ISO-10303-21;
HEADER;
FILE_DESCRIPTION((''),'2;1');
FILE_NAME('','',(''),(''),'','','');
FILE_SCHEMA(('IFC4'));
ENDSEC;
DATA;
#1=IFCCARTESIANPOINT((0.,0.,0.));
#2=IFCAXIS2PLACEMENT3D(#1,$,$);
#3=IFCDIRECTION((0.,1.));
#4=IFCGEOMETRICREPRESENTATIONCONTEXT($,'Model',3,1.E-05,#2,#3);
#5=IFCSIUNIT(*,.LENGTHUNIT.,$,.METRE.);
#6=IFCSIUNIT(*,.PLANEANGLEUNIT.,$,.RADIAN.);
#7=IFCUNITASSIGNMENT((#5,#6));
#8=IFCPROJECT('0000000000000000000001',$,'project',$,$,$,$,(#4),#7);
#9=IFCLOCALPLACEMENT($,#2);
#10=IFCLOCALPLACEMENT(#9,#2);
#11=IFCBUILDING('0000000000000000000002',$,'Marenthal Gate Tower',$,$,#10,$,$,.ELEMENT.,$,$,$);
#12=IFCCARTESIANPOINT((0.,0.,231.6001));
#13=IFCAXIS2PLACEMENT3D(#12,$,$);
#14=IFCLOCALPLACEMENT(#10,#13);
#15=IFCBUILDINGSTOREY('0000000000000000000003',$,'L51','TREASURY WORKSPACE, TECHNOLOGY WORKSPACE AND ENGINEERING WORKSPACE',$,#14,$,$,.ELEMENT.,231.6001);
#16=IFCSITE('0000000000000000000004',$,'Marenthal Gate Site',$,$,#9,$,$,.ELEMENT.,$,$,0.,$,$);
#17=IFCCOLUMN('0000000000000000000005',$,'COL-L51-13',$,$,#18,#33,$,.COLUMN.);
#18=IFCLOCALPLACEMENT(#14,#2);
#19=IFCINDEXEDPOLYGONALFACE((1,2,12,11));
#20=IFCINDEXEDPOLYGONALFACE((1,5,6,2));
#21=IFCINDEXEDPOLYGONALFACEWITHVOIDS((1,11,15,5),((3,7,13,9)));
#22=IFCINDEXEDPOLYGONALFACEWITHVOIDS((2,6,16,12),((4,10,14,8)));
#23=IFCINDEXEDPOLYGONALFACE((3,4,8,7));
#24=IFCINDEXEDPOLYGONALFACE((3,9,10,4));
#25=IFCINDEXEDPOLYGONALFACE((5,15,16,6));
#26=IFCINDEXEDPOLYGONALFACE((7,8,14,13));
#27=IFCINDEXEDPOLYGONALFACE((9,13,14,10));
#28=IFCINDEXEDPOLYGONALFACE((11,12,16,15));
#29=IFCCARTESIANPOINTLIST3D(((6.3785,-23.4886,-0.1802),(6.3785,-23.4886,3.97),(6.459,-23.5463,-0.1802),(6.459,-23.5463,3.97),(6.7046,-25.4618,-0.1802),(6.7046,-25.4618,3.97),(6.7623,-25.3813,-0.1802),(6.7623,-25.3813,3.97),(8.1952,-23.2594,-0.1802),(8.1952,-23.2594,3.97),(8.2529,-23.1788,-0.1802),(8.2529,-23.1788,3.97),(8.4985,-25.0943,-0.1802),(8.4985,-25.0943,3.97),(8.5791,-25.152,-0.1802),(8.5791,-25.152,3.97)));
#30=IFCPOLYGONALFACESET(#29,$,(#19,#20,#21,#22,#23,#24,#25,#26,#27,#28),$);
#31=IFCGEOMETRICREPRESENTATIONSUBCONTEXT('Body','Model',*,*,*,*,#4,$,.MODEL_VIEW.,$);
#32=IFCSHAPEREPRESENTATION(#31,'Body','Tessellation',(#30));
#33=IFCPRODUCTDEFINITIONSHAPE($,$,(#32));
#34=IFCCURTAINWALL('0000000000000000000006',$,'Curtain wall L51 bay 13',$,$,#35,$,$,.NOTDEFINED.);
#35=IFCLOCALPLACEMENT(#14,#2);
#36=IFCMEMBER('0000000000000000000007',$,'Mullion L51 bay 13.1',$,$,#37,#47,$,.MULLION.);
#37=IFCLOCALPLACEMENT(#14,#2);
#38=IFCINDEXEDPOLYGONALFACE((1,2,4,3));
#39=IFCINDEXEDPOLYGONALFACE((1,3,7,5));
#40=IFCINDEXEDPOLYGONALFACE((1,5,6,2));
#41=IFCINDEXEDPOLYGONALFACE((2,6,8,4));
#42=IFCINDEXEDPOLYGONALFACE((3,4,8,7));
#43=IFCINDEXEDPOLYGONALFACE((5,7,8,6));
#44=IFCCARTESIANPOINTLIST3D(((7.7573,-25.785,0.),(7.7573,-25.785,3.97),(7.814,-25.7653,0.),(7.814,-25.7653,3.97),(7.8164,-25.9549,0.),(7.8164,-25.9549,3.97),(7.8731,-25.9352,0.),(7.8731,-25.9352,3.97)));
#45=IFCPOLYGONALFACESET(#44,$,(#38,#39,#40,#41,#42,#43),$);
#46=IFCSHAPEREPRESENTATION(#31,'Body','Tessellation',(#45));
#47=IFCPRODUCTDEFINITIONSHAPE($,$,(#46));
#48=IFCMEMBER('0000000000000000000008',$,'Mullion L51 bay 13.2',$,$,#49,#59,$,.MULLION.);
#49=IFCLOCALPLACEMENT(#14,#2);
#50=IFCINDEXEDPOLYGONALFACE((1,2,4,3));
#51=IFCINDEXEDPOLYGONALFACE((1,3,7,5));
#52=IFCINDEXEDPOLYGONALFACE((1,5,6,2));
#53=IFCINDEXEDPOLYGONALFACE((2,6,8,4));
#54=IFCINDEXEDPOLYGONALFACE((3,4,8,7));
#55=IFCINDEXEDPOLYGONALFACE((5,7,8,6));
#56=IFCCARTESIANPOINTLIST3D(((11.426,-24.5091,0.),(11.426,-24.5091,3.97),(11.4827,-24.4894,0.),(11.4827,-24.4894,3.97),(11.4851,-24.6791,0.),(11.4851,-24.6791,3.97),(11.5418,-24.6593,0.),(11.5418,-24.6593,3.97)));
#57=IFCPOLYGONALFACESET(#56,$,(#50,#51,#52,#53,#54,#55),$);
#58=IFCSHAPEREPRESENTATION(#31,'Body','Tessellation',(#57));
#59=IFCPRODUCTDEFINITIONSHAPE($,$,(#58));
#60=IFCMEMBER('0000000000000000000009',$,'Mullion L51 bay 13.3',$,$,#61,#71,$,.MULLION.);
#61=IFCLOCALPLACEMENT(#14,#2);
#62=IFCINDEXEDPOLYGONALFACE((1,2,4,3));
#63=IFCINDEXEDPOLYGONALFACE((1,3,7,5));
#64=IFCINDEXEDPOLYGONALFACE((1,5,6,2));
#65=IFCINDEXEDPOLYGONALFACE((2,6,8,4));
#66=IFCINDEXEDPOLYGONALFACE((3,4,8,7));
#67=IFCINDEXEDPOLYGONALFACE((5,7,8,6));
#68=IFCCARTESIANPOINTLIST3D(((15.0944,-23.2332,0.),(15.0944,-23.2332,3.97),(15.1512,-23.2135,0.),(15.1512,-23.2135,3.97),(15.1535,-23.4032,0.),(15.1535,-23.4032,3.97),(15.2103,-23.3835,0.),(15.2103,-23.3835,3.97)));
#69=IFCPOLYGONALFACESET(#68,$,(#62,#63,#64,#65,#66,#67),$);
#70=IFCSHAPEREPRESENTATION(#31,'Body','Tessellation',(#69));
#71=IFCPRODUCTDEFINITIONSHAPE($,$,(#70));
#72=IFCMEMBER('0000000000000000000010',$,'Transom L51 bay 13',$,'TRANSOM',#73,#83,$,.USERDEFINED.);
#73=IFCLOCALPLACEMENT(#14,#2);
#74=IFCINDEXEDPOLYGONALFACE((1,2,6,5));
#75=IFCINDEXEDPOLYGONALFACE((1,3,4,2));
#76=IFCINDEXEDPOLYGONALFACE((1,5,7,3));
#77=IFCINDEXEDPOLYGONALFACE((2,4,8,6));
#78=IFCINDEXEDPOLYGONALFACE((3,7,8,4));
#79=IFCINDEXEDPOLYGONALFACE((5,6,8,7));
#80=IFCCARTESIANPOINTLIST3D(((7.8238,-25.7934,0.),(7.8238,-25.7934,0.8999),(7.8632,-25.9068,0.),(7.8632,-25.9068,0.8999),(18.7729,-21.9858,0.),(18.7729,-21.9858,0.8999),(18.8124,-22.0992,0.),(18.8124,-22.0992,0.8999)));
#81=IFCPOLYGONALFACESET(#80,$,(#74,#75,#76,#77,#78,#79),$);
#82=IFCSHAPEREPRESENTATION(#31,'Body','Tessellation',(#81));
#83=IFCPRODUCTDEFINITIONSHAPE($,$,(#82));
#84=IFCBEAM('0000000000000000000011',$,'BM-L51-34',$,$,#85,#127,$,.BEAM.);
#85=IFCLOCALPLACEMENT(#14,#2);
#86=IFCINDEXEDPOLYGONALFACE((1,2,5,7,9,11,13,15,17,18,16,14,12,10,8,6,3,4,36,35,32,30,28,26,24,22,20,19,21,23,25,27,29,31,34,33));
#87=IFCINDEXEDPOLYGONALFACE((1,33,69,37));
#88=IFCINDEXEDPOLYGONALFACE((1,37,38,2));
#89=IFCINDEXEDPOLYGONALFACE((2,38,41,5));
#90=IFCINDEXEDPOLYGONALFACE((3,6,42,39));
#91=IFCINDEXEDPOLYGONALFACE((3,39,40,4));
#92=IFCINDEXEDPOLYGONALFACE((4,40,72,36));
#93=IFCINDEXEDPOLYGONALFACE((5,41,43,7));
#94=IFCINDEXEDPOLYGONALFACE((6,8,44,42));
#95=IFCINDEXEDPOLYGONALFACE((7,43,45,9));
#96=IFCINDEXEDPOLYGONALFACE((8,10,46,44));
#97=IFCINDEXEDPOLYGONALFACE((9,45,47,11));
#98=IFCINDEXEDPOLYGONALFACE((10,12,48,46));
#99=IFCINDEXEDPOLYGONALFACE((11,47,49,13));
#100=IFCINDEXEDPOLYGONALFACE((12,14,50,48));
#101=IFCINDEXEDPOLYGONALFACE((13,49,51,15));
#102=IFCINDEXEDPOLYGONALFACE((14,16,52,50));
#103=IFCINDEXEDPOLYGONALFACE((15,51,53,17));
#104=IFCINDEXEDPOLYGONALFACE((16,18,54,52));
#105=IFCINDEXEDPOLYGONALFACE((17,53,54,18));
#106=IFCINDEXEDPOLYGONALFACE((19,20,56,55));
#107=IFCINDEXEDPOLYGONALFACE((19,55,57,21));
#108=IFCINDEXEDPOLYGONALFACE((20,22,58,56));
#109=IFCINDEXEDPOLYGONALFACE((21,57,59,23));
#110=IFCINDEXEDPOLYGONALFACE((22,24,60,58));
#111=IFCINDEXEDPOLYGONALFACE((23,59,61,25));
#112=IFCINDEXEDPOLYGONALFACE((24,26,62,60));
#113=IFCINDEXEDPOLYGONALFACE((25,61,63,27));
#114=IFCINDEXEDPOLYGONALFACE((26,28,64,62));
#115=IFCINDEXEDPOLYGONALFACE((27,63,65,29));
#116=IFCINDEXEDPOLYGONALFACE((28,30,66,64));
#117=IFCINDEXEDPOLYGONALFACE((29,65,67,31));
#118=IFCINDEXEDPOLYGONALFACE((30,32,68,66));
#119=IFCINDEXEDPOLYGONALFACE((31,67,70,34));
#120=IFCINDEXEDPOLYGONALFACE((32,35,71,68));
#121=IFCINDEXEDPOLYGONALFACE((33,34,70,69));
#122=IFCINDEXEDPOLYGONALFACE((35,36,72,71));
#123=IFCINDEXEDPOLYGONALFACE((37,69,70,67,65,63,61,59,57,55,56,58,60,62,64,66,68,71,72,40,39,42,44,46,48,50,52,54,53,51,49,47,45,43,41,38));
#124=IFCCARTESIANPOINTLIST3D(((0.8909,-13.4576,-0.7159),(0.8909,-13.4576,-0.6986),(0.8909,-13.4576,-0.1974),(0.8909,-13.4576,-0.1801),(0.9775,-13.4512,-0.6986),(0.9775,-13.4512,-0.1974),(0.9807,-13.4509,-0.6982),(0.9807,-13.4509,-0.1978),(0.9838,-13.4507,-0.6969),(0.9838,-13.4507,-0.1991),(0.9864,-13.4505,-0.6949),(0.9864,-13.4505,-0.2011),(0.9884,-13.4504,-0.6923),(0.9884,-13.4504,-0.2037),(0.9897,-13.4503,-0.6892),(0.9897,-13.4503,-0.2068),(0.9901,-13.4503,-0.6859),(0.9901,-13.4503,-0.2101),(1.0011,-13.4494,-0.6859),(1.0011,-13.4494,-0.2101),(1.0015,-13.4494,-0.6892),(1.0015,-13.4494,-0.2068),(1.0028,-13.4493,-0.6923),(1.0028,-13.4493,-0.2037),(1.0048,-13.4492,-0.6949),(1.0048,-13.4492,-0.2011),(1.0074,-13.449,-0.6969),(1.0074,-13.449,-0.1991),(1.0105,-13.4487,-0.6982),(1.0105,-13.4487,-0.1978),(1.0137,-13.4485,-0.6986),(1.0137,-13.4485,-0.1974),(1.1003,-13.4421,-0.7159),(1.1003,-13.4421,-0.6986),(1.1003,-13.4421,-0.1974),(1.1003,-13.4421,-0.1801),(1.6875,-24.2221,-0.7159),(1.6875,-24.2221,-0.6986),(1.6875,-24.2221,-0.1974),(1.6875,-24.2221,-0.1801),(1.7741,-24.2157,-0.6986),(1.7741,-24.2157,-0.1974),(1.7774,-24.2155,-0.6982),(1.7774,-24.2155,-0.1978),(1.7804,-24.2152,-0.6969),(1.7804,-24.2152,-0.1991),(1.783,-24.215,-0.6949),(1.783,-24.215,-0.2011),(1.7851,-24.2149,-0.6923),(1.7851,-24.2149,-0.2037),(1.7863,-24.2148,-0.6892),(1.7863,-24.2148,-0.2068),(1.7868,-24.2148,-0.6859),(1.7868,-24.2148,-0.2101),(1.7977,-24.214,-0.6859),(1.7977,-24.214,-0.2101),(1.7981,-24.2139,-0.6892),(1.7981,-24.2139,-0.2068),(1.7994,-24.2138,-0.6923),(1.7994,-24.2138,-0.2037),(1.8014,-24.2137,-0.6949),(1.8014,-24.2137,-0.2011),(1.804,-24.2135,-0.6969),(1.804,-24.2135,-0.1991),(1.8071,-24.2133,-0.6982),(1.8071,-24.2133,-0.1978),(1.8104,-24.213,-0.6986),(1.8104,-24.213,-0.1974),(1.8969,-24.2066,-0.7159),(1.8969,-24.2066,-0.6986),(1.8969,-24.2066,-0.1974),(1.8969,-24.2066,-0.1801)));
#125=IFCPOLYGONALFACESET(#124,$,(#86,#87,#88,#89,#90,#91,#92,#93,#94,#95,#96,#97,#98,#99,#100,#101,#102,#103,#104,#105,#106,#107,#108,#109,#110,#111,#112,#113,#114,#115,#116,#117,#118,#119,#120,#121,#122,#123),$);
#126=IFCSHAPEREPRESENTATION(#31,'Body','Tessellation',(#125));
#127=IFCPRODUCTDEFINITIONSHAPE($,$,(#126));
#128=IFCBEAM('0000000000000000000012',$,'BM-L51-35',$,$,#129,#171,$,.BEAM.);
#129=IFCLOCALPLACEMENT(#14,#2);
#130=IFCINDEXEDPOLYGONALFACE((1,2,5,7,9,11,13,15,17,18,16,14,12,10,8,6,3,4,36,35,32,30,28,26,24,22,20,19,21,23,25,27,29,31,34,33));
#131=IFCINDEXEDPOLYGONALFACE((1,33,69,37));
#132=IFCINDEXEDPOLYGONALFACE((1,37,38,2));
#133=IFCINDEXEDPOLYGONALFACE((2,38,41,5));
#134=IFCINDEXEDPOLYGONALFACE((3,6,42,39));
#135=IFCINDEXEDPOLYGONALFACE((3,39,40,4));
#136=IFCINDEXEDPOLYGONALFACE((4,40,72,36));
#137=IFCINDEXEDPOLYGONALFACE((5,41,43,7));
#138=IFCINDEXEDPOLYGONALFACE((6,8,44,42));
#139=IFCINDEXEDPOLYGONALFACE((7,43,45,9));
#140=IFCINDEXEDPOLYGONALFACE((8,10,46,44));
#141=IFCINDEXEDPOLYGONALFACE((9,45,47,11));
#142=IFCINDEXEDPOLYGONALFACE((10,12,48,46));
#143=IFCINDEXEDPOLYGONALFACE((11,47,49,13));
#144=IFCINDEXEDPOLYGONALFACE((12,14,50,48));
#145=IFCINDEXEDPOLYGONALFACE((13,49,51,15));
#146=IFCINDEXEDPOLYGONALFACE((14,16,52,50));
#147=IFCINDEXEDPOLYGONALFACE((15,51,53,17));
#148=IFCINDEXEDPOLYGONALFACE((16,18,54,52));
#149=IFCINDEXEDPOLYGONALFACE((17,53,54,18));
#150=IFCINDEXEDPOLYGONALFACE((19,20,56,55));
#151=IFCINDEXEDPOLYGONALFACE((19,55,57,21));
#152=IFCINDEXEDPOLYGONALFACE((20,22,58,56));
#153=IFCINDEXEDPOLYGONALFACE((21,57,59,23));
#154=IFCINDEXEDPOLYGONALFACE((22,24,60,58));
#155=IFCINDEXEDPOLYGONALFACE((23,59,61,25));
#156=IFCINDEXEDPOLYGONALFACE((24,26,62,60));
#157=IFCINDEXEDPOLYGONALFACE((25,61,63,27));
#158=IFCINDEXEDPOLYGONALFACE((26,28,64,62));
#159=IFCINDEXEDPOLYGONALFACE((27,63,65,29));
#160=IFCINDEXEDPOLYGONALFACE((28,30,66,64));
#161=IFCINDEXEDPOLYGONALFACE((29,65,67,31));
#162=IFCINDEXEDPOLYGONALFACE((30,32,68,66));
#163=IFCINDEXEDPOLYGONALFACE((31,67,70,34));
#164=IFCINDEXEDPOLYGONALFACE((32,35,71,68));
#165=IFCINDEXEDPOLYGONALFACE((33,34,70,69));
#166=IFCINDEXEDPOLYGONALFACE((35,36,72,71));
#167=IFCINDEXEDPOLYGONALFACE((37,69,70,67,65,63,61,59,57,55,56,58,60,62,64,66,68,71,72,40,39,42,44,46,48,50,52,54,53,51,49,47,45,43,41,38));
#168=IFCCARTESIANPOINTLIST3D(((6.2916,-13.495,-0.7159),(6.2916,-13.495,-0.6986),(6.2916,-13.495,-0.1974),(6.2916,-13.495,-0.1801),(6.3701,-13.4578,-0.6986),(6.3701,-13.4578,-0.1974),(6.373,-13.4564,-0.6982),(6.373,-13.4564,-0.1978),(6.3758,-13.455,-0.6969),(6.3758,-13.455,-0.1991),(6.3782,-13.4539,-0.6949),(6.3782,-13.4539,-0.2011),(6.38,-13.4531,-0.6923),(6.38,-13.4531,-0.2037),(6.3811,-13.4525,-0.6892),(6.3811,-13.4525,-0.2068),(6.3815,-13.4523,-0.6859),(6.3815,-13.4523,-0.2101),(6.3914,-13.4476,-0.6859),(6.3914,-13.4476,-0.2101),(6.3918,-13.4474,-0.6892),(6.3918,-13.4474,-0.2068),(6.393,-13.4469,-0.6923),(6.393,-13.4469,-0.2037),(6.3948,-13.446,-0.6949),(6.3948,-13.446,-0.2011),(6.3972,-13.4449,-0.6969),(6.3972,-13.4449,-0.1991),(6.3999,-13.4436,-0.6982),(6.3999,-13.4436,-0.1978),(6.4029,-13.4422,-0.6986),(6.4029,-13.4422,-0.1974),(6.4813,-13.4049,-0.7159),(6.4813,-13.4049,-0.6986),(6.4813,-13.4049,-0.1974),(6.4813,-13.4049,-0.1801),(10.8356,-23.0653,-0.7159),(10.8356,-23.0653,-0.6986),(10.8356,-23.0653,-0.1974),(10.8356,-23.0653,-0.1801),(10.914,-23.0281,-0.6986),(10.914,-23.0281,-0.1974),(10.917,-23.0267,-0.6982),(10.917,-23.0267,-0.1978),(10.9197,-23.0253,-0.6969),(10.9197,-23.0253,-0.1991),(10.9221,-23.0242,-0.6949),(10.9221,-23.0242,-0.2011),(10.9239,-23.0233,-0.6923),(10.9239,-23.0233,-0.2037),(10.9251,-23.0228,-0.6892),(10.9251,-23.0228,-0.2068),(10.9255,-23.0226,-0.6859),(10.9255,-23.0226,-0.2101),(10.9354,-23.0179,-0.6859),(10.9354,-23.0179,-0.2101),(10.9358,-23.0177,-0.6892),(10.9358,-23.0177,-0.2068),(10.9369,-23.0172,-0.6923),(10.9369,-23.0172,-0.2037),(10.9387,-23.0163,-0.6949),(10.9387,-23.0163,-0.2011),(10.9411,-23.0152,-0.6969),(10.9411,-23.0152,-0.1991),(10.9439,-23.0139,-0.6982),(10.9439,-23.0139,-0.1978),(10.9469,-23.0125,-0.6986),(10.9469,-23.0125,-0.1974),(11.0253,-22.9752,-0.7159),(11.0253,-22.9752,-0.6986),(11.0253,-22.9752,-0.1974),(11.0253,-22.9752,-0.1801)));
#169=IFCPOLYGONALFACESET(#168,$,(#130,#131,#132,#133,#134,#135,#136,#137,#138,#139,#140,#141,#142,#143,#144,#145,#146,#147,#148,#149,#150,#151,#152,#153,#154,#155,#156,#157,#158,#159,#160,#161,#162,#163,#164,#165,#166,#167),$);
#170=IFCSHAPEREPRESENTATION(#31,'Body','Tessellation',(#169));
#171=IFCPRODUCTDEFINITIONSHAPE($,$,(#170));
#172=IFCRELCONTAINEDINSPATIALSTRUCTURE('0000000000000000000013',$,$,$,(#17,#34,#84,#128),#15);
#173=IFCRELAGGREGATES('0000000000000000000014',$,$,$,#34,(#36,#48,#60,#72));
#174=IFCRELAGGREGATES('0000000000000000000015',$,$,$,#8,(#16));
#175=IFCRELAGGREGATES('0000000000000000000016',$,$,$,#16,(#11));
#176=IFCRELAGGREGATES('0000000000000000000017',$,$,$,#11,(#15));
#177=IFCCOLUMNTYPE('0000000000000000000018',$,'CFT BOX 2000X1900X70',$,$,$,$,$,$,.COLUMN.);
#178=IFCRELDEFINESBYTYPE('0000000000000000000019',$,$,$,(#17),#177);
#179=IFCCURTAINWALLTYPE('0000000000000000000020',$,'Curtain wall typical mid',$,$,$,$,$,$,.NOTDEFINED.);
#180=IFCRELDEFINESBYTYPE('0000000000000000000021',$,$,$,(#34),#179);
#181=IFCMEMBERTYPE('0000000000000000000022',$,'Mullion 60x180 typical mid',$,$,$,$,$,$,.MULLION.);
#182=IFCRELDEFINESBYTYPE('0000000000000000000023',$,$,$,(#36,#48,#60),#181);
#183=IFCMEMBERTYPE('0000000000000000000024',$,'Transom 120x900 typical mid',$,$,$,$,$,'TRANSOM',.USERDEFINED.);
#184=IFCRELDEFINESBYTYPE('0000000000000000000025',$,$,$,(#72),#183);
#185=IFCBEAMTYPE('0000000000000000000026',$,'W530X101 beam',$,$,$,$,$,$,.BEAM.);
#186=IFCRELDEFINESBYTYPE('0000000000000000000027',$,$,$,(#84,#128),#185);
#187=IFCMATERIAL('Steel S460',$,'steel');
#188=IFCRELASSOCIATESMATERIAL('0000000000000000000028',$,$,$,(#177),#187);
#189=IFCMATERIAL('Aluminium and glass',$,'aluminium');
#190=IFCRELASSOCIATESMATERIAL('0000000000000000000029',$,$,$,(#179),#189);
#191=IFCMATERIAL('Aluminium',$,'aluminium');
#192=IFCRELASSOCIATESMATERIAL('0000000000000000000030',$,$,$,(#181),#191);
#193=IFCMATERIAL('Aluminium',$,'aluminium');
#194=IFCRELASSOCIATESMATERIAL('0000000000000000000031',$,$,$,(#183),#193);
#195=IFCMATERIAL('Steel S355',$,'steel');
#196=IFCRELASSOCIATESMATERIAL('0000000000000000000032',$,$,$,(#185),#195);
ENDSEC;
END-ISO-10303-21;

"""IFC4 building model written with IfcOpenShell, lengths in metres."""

from ifc_helpers import new_model, si_unit, direction, frame, origin, origin_2d, place, context, subcontext, project, spatial, rectangle, hollow_rectangle, i_section, extrude, material, material_profile, profile_set, type_object, element, aggregate, save


model = new_model("IFC4")

# Units and contexts
model_context = context("Model", 3, precision=1e-05, world=origin(), true_north=direction((0.0, 1.0)))
body_context = subcontext(model_context, "Body", "Model", "MODEL_VIEW")
ifc_project = project(units=[si_unit("LENGTHUNIT", "METRE"), si_unit("PLANEANGLEUNIT", "RADIAN")], contexts=[model_context])

# Site, building, storey
site_placement = place(None, origin())
site = spatial("IfcSite", under=ifc_project, at=site_placement, Name="Marenthal Gate Site", CompositionType="ELEMENT", RefElevation=0.0)
building_placement = place(site_placement, origin())
building = spatial("IfcBuilding", under=site, at=building_placement, Name="Marenthal Gate Tower", CompositionType="ELEMENT")
storey_placement = place(building_placement, frame((0.0, 0.0, 231.6001)))
storey = spatial("IfcBuildingStorey", under=building, at=storey_placement, Name="L51", Description="TREASURY WORKSPACE, TECHNOLOGY WORKSPACE AND ENGINEERING WORKSPACE", CompositionType="ELEMENT", Elevation=231.6001)

# Column
ifc_material_1 = material(Name="Steel S460", Category="steel")
ifc_material_profile_1 = material_profile(ifc_material_1, hollow_rectangle(XDim=1.8999, YDim=2.0, WallThickness=0.0701, at=origin_2d()), Name="CFT BOX 2000X1900X70")
ifc_material_2 = material(Name="Concrete 70 MPa", Category="concrete")
ifc_material_profile_2 = material_profile(ifc_material_2, rectangle(XDim=1.76, YDim=1.8601, at=origin_2d()), Name="CFT BOX 2000X1900X70 INFILL")
ifc_profile_set_1 = profile_set([ifc_material_profile_1, ifc_material_profile_2], Name="Steel S460 shell, Concrete 70 MPa infill")
column_type = type_object("IfcColumnType", Name="CFT BOX 2000X1900X70", PredefinedType="COLUMN", material=ifc_profile_set_1)
column_placement = place(storey_placement, frame((7.4788, -24.3203, -0.1802), z_axis=(0.0, 0.0, 1.0), x_axis=(-0.986616, -0.163059, 0.0)))
element("IfcColumn", 1, at=column_placement, inside=storey, type_object=column_type, Name="COL-L51-13", PredefinedType="COLUMN", context=body_context, shape_type="SweptSolid", body=[
    extrude(hollow_rectangle(XDim=1.8999, YDim=2.0, WallThickness=0.0701, at=origin_2d()), origin(), (0.0, 0.0, 1.0), 4.1501),
])

# Curtain wall, members
ifc_material_3 = material(Name="Aluminium and glass", Category="aluminium")
curtain_wall_type = type_object("IfcCurtainWallType", Name="Curtain wall typical mid", PredefinedType="NOTDEFINED", material=ifc_material_3)
curtain_wall_placement = place(storey_placement, origin())
curtain_wall = element("IfcCurtainWall", 2, at=curtain_wall_placement, inside=storey, type_object=curtain_wall_type, Name="Curtain wall L51 bay 13", PredefinedType="NOTDEFINED")
ifc_material_4 = material(Name="Aluminium", Category="aluminium")
ifc_material_profile_3 = material_profile(ifc_material_4, rectangle(XDim=0.1799, YDim=0.0601, at=origin_2d()), Name="60x180 aluminium mullion")
ifc_profile_set_2 = profile_set([ifc_material_profile_3], Name="Aluminium")
member_type_1 = type_object("IfcMemberType", Name="Mullion 60x180 typical mid", PredefinedType="MULLION", material=ifc_profile_set_2)
member_1_placement = place(storey_placement, frame((7.8152, -25.8601, 0.0), z_axis=(0.0, 0.0, 1.0), x_axis=(-0.328468, 0.944515, 0.0)))
member_1 = element("IfcMember", 3, at=member_1_placement, type_object=member_type_1, Name="Mullion L51 bay 13.1", PredefinedType="MULLION", context=body_context, shape_type="SweptSolid", body=[
    extrude(rectangle(XDim=0.1799, YDim=0.0601, at=origin_2d()), origin(), (0.0, 0.0, 1.0), 3.97),
])
member_2_placement = place(storey_placement, frame((11.4839, -24.5842, 0.0), z_axis=(0.0, 0.0, 1.0), x_axis=(-0.328468, 0.944515, 0.0)))
member_2 = element("IfcMember", 4, at=member_2_placement, type_object=member_type_1, Name="Mullion L51 bay 13.2", PredefinedType="MULLION", context=body_context, shape_type="SweptSolid", body=[
    extrude(rectangle(XDim=0.1799, YDim=0.0601, at=origin_2d()), origin(), (0.0, 0.0, 1.0), 3.97),
])
member_3_placement = place(storey_placement, frame((15.1523, -23.3083, 0.0), z_axis=(0.0, 0.0, 1.0), x_axis=(-0.328468, 0.944515, 0.0)))
member_3 = element("IfcMember", 5, at=member_3_placement, type_object=member_type_1, Name="Mullion L51 bay 13.3", PredefinedType="MULLION", context=body_context, shape_type="SweptSolid", body=[
    extrude(rectangle(XDim=0.1799, YDim=0.0601, at=origin_2d()), origin(), (0.0, 0.0, 1.0), 3.97),
])
ifc_material_5 = material(Name="Aluminium", Category="aluminium")
ifc_material_profile_4 = material_profile(ifc_material_5, rectangle(XDim=0.1201, YDim=0.8999, at=origin_2d()), Name="120x900 aluminium transom")
ifc_profile_set_3 = profile_set([ifc_material_profile_4], Name="Aluminium")
member_type_2 = type_object("IfcMemberType", Name="Transom 120x900 typical mid", ElementType="TRANSOM", PredefinedType="USERDEFINED", material=ifc_profile_set_3)
member_4_placement = place(storey_placement, frame((7.8435, -25.8501, 0.45), z_axis=(0.944518, 0.328459, 0.0), x_axis=(-0.328459, 0.944518, 0.0)))
member_4 = element("IfcMember", 6, at=member_4_placement, type_object=member_type_2, Name="Transom L51 bay 13", ObjectType="TRANSOM", PredefinedType="USERDEFINED", context=body_context, shape_type="SweptSolid", body=[
    extrude(rectangle(XDim=0.1201, YDim=0.8999, at=origin_2d()), origin(), (0.0, 0.0, 1.0), 11.5923),
])

# Beams
ifc_material_6 = material(Name="Steel S355", Category="steel")
ifc_material_profile_5 = material_profile(ifc_material_6, i_section(OverallWidth=0.21, OverallDepth=0.5359, WebThickness=0.011, FlangeThickness=0.0173, FilletRadius=0.0127, at=origin_2d()), Name="W530X101")
ifc_profile_set_4 = profile_set([ifc_material_profile_5], Name="Steel S355")
beam_type_1 = type_object("IfcBeamType", Name="W530X101 beam", PredefinedType="BEAM", material=ifc_profile_set_4)
beam_1_placement = place(storey_placement, frame((1.7922, -24.2144, -0.448), z_axis=(-0.073804, 0.997273, 0.0), x_axis=(-0.997273, -0.073804, 0.0)))
element("IfcBeam", 7, at=beam_1_placement, inside=storey, type_object=beam_type_1, Name="BM-L51-34", PredefinedType="BEAM", context=body_context, shape_type="SweptSolid", body=[
    extrude(i_section(OverallWidth=0.21, OverallDepth=0.5359, WebThickness=0.011, FlangeThickness=0.0173, FilletRadius=0.0127, at=origin_2d()), origin(), (0.0, 0.0, 1.0), 10.7939),
])
beam_2_placement = place(storey_placement, frame((10.9304, -23.0203, -0.448), z_axis=(-0.428906, 0.903349, 0.0), x_axis=(-0.903349, -0.428906, 0.0)))
element("IfcBeam", 8, at=beam_2_placement, inside=storey, type_object=beam_type_1, Name="BM-L51-35", PredefinedType="BEAM", context=body_context, shape_type="SweptSolid", body=[
    extrude(i_section(OverallWidth=0.21, OverallDepth=0.5359, WebThickness=0.011, FlangeThickness=0.0173, FilletRadius=0.0127, at=origin_2d()), origin(), (0.0, 0.0, 1.0), 10.5942),
])

aggregate(curtain_wall, [member_1, member_2, member_3, member_4])

save(model, "model.ifc")
